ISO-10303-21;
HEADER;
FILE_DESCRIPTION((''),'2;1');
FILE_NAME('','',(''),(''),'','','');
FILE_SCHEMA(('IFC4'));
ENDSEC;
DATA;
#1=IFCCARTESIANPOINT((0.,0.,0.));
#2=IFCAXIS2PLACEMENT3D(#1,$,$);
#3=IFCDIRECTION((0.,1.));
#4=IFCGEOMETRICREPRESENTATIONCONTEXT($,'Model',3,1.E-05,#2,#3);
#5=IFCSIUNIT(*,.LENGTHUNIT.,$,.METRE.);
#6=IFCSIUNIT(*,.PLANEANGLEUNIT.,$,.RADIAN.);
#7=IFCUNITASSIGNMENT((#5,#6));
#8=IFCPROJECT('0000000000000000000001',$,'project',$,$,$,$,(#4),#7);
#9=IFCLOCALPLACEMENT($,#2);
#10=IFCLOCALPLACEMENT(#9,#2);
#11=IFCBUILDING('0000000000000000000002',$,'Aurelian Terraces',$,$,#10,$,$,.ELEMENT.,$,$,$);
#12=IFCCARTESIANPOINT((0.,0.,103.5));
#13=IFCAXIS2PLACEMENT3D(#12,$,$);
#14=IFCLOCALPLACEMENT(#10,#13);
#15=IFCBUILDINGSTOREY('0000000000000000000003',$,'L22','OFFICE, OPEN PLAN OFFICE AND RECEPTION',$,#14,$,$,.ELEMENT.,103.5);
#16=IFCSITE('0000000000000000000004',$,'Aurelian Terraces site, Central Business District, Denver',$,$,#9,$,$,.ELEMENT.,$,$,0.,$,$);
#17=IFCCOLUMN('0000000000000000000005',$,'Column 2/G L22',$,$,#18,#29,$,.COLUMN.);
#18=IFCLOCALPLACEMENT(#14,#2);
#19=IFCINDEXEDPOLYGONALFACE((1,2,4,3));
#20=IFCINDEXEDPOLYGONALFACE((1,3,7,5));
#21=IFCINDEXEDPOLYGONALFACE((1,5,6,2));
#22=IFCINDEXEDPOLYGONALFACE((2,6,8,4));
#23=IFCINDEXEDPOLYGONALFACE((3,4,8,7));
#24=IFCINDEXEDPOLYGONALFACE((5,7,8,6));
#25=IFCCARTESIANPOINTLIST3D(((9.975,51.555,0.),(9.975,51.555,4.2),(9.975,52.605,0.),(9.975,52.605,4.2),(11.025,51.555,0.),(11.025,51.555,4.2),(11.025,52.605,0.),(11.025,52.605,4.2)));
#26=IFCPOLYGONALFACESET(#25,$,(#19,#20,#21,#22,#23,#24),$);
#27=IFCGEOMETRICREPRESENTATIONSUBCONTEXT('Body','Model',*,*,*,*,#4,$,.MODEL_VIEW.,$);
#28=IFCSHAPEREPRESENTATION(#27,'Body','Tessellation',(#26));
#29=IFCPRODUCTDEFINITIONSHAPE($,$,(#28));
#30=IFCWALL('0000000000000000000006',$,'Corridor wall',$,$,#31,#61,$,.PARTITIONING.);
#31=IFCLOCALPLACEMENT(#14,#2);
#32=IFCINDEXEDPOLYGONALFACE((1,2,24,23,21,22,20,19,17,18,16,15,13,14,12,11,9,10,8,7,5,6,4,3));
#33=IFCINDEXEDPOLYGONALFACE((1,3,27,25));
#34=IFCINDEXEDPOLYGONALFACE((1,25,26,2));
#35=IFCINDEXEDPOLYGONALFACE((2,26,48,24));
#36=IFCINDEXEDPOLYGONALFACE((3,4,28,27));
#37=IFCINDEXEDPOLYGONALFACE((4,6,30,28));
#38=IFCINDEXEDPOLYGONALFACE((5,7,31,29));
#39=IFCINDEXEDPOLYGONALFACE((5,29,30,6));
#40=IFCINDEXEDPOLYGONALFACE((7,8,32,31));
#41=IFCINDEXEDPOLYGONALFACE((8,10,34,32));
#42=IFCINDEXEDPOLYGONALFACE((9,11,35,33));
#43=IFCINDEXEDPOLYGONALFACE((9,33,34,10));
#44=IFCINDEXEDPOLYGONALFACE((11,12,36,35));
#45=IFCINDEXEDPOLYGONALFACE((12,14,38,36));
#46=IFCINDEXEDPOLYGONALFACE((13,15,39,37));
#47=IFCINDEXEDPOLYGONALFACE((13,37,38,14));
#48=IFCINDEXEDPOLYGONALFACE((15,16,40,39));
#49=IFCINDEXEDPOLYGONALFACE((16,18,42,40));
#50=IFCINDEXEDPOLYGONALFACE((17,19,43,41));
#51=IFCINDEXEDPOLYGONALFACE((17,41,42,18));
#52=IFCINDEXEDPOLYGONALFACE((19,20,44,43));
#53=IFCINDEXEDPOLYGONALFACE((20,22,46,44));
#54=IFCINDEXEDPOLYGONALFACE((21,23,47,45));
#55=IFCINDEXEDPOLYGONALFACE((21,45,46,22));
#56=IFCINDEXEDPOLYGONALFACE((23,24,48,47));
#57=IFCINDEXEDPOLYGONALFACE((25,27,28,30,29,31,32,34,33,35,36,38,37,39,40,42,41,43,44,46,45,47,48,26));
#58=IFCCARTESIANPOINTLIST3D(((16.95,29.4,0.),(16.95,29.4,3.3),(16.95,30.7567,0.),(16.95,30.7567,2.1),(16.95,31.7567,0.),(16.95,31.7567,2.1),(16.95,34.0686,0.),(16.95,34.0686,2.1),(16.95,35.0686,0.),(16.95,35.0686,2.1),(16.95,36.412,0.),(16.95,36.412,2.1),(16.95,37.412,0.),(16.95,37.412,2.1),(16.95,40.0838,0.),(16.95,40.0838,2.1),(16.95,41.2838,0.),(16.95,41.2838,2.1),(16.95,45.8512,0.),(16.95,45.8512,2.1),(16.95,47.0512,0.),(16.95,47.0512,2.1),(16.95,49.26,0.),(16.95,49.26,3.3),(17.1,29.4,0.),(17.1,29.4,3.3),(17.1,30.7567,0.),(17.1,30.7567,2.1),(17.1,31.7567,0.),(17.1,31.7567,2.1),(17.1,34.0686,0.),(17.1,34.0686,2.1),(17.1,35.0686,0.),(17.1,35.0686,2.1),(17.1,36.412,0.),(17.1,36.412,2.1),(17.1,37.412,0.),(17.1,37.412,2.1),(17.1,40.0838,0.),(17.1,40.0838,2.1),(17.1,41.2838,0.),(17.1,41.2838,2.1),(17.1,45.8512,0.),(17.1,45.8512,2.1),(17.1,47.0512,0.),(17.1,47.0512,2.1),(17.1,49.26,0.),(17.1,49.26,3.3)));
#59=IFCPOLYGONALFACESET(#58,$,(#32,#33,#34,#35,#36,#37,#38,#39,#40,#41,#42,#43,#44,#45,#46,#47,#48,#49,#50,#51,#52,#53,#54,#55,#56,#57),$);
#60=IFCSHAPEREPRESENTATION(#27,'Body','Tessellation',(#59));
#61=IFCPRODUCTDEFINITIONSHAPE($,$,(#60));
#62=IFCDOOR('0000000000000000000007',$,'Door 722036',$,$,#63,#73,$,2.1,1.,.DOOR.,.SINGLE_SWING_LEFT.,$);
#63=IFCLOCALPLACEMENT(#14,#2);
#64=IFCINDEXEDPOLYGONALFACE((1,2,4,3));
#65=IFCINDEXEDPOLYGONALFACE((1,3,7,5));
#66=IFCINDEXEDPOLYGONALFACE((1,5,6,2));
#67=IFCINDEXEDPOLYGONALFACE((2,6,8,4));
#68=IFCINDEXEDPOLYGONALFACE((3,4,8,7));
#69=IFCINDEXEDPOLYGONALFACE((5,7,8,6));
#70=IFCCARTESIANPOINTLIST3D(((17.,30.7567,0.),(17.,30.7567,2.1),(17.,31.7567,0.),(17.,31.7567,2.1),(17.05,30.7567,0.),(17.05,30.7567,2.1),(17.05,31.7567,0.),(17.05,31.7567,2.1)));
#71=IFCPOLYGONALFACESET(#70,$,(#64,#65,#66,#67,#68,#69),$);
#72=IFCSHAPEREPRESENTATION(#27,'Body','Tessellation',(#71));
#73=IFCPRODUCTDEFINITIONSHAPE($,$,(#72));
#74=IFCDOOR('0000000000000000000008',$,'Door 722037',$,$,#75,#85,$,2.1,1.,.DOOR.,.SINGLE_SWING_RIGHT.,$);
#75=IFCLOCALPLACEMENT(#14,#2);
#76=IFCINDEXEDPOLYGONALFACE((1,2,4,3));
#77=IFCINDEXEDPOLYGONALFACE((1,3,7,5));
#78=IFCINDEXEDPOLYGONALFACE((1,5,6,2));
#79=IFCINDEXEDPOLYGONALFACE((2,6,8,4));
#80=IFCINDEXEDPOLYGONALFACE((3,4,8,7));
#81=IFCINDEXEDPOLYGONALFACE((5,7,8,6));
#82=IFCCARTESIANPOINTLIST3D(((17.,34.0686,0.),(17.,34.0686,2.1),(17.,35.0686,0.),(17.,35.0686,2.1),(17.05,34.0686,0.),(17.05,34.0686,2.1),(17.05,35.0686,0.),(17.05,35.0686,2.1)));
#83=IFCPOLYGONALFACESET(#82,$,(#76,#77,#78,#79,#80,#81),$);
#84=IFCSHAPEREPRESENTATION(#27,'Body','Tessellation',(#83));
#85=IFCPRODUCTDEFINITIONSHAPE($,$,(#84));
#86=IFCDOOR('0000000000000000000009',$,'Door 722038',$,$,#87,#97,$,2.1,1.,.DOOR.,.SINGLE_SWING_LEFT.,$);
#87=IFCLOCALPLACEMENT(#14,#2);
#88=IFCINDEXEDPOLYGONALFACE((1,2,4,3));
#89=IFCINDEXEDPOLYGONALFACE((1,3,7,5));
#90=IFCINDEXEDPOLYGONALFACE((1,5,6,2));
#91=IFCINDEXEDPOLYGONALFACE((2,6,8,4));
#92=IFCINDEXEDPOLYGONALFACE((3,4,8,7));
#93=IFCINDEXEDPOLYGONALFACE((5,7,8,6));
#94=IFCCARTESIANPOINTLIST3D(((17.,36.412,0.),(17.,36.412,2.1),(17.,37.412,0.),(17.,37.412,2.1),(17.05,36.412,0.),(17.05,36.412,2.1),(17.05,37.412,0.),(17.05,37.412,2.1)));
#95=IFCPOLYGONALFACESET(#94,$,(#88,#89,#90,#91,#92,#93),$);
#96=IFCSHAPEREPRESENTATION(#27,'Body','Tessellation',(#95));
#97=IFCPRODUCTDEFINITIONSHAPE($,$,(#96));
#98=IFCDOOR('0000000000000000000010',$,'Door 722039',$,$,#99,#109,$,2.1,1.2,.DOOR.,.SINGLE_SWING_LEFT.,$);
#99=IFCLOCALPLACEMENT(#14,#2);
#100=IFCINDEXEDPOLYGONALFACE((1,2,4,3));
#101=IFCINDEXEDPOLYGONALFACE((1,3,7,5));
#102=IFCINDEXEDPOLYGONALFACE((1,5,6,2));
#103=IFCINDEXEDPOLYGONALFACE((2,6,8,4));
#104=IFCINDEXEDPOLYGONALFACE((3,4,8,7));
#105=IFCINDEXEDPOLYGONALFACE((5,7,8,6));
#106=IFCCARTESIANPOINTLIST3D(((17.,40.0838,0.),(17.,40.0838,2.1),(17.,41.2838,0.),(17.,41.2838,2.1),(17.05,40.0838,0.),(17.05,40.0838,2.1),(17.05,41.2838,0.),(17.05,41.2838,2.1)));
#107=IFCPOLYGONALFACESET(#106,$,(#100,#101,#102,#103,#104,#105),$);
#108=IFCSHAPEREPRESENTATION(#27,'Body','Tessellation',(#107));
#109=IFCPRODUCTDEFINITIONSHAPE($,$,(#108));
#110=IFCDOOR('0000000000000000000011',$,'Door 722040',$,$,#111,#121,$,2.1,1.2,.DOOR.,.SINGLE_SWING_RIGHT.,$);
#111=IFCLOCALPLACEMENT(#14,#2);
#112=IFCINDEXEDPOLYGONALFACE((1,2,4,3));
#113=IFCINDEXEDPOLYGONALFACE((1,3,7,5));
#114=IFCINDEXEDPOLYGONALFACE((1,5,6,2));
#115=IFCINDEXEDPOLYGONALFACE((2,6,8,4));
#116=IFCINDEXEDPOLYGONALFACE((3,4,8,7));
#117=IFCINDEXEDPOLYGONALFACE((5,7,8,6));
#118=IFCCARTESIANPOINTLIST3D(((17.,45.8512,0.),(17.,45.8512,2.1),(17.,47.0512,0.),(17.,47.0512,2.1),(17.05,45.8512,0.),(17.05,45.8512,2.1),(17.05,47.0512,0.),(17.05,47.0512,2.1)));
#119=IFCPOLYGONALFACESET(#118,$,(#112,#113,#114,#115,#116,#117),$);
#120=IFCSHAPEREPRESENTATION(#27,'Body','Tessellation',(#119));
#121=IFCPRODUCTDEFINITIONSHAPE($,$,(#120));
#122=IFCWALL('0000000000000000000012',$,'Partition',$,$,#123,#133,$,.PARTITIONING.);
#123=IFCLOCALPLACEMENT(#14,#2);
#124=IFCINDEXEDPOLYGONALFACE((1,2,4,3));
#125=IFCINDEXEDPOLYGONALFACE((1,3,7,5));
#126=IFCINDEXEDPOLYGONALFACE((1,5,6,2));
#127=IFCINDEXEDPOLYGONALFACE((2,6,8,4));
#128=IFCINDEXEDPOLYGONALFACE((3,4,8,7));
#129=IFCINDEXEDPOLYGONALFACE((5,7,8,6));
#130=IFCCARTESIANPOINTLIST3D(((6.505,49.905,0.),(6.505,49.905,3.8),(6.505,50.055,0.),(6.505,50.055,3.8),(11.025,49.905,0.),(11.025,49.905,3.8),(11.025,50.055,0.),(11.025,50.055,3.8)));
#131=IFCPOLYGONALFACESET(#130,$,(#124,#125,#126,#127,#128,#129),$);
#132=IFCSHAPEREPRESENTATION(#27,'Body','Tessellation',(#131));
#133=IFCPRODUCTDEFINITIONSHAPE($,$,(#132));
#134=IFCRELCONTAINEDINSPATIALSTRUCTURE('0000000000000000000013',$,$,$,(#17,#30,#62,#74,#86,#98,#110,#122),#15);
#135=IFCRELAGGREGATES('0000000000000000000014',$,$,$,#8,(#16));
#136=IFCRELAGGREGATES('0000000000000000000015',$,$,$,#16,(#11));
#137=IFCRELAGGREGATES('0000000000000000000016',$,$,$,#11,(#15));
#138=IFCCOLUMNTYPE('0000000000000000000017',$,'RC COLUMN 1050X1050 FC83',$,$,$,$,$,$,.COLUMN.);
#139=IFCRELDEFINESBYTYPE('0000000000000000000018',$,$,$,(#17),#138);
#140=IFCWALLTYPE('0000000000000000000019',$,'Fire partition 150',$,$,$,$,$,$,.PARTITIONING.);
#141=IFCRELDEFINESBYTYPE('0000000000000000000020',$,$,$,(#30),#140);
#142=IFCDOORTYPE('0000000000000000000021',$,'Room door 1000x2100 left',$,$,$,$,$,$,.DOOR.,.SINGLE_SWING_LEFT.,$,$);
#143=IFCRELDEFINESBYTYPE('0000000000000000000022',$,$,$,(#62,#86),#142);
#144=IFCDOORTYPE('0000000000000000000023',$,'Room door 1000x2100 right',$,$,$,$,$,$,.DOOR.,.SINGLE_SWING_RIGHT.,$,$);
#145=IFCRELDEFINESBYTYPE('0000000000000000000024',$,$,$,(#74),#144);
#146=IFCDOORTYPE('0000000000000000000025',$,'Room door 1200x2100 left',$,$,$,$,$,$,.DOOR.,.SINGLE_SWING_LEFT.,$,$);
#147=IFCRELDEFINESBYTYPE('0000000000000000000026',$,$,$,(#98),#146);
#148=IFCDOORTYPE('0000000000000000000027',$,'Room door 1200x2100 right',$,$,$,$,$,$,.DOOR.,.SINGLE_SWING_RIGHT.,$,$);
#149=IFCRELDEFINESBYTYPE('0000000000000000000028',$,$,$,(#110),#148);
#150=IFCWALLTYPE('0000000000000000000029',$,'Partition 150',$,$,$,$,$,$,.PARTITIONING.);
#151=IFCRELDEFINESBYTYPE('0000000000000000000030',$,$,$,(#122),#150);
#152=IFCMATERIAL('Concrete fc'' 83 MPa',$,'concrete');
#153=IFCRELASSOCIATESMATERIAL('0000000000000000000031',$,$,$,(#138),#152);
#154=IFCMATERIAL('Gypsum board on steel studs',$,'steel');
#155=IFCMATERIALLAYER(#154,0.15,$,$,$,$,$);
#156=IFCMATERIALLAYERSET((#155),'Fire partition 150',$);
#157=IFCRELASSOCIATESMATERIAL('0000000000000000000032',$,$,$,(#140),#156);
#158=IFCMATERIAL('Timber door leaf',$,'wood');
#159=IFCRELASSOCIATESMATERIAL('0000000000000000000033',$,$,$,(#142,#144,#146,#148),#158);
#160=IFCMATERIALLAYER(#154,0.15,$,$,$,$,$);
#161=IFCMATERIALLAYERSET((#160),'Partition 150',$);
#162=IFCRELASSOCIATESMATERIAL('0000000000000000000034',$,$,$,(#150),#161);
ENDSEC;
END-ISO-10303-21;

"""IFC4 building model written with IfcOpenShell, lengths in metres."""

from ifc_helpers import new_model, si_unit, direction, frame, frame_2d, origin, origin_2d, place, context, subcontext, project, spatial, rectangle, extrude, source, transform, mapped, material, layer, layer_set, material_profile, profile_set, type_object, element, fill, save


model = new_model("IFC4")

# Units and contexts
model_context = context("Model", 3, precision=1e-05, world=origin(), true_north=direction((0.0, 1.0)))
body_context = subcontext(model_context, "Body", "Model", "MODEL_VIEW")
ifc_project = project(units=[si_unit("LENGTHUNIT", "METRE"), si_unit("PLANEANGLEUNIT", "RADIAN")], contexts=[model_context])

# Site, building, storey
site_placement = place(None, origin())
site = spatial("IfcSite", under=ifc_project, at=site_placement, Name="Aurelian Terraces site, Central Business District, Denver", CompositionType="ELEMENT", RefElevation=0.0)
building_placement = place(site_placement, origin())
building = spatial("IfcBuilding", under=site, at=building_placement, Name="Aurelian Terraces", CompositionType="ELEMENT")
storey_placement = place(building_placement, frame((0.0, 0.0, 103.5)))
storey = spatial("IfcBuildingStorey", under=building, at=storey_placement, Name="L22", Description="OFFICE, OPEN PLAN OFFICE AND RECEPTION", CompositionType="ELEMENT", Elevation=103.5)

# Column
ifc_material_1 = material(Name="Concrete fc' 83 MPa", Category="concrete")
ifc_material_profile = material_profile(ifc_material_1, rectangle(XDim=1.05, YDim=1.05, at=origin_2d()))
ifc_profile_set = profile_set([ifc_material_profile], Name="Concrete fc' 83 MPa")
column_type = type_object("IfcColumnType", Name="RC COLUMN 1050X1050 FC83", PredefinedType="COLUMN", material=ifc_profile_set)
shared_shape_1 = source(origin(), body_context, "Body", "SweptSolid", [
    extrude(rectangle(XDim=1.05, YDim=1.05, at=origin_2d()), origin(), (0.0, 0.0, 1.0), 4.2),
])
column_placement = place(storey_placement, frame((10.5, 52.08, 0.0), z_axis=(0.0, 0.0, 1.0), x_axis=(1.0, 0.0, 0.0)))
element("IfcColumn", 1, at=column_placement, inside=storey, type_object=column_type, Name="Column 2/G L22", PredefinedType="COLUMN", context=body_context, shape_type="MappedRepresentation", body=[
    mapped(shared_shape_1, transform((0.0, 0.0, 0.0), scale=1.0)),
])

# Wall, openings, doors
ifc_material_2 = material(Name="Gypsum board on steel studs", Category="steel")
ifc_layer_1 = layer(ifc_material_2, 0.15)
ifc_layer_set_1 = layer_set([ifc_layer_1], Name="Fire partition 150")
wall_type_1 = type_object("IfcWallType", Name="Fire partition 150", PredefinedType="PARTITIONING", material=ifc_layer_set_1)
wall_1_placement = place(storey_placement, frame((17.025, 49.26, 0.0), z_axis=(0.0, 0.0, 1.0), x_axis=(0.0, -1.0, 0.0)))
wall_1 = element("IfcWall", 2, at=wall_1_placement, inside=storey, type_object=wall_type_1, Name="Corridor wall", PredefinedType="PARTITIONING", context=body_context, shape_type="SweptSolid", body=[
    extrude(rectangle(XDim=19.86, YDim=0.15, at=frame_2d((9.93, 0.0))), origin(), (0.0, 0.0, 1.0), 3.3),
])
shared_shape_2 = source(origin(), body_context, "Body", "SweptSolid", [
    extrude(rectangle(XDim=1.0, YDim=2.1, at=frame_2d((0.5, 1.05))), frame((0.0, 0.085, 0.0), z_axis=(0.0, -1.0, 0.0), x_axis=(1.0, 0.0, 0.0)), (0.0, 0.0, 1.0), 0.17),
])
opening_1_placement = place(wall_1_placement, frame((17.5033, 0.0, 0.0)))
opening_1 = element("IfcOpeningElement", 3, at=opening_1_placement, cuts=wall_1, PredefinedType="OPENING", context=body_context, shape_type="MappedRepresentation", body=[
    mapped(shared_shape_2, transform((0.0, 0.0, 0.0), scale=1.0)),
])
opening_2_placement = place(wall_1_placement, frame((14.1914, 0.0, 0.0)))
opening_2 = element("IfcOpeningElement", 4, at=opening_2_placement, cuts=wall_1, PredefinedType="OPENING", context=body_context, shape_type="MappedRepresentation", body=[
    mapped(shared_shape_2, transform((0.0, 0.0, 0.0), scale=1.0)),
])
opening_3_placement = place(wall_1_placement, frame((11.848, 0.0, 0.0)))
opening_3 = element("IfcOpeningElement", 5, at=opening_3_placement, cuts=wall_1, PredefinedType="OPENING", context=body_context, shape_type="MappedRepresentation", body=[
    mapped(shared_shape_2, transform((0.0, 0.0, 0.0), scale=1.0)),
])
shared_shape_3 = source(origin(), body_context, "Body", "SweptSolid", [
    extrude(rectangle(XDim=1.2, YDim=2.1, at=frame_2d((0.6, 1.05))), frame((0.0, 0.085, 0.0), z_axis=(0.0, -1.0, 0.0), x_axis=(1.0, 0.0, 0.0)), (0.0, 0.0, 1.0), 0.17),
])
opening_4_placement = place(wall_1_placement, frame((7.9762, 0.0, 0.0)))
opening_4 = element("IfcOpeningElement", 6, at=opening_4_placement, cuts=wall_1, PredefinedType="OPENING", context=body_context, shape_type="MappedRepresentation", body=[
    mapped(shared_shape_3, transform((0.0, 0.0, 0.0), scale=1.0)),
])
opening_5_placement = place(wall_1_placement, frame((2.2088, 0.0, 0.0)))
opening_5 = element("IfcOpeningElement", 7, at=opening_5_placement, cuts=wall_1, PredefinedType="OPENING", context=body_context, shape_type="MappedRepresentation", body=[
    mapped(shared_shape_3, transform((0.0, 0.0, 0.0), scale=1.0)),
])
ifc_material_3 = material(Name="Timber door leaf", Category="wood")
door_type_1 = type_object("IfcDoorType", Name="Room door 1000x2100 left", OperationType="SINGLE_SWING_LEFT", PredefinedType="DOOR", material=ifc_material_3)
shared_shape_4 = source(origin(), body_context, "Body", "SweptSolid", [
    extrude(rectangle(XDim=1.0, YDim=2.1, at=frame_2d((0.5, 1.05))), frame((0.0, 0.025, 0.0), z_axis=(0.0, -1.0, 0.0), x_axis=(1.0, 0.0, 0.0)), (0.0, 0.0, 1.0), 0.05),
])
door_1_placement = place(opening_1_placement, origin())
door_1 = element("IfcDoor", 8, at=door_1_placement, inside=storey, type_object=door_type_1, Name="Door 722036", OperationType="SINGLE_SWING_LEFT", OverallHeight=2.1, OverallWidth=1.0, PredefinedType="DOOR", context=body_context, shape_type="MappedRepresentation", body=[
    mapped(shared_shape_4, transform((0.0, 0.0, 0.0), scale=1.0)),
])
fill(opening_1, door_1)
door_type_2 = type_object("IfcDoorType", Name="Room door 1000x2100 right", OperationType="SINGLE_SWING_RIGHT", PredefinedType="DOOR", material=ifc_material_3)
door_2_placement = place(opening_2_placement, origin())
door_2 = element("IfcDoor", 9, at=door_2_placement, inside=storey, type_object=door_type_2, Name="Door 722037", OperationType="SINGLE_SWING_RIGHT", OverallHeight=2.1, OverallWidth=1.0, PredefinedType="DOOR", context=body_context, shape_type="MappedRepresentation", body=[
    mapped(shared_shape_4, transform((0.0, 0.0, 0.0), scale=1.0)),
])
fill(opening_2, door_2)
door_3_placement = place(opening_3_placement, origin())
door_3 = element("IfcDoor", 10, at=door_3_placement, inside=storey, type_object=door_type_1, Name="Door 722038", OperationType="SINGLE_SWING_LEFT", OverallHeight=2.1, OverallWidth=1.0, PredefinedType="DOOR", context=body_context, shape_type="MappedRepresentation", body=[
    mapped(shared_shape_4, transform((0.0, 0.0, 0.0), scale=1.0)),
])
fill(opening_3, door_3)
door_type_3 = type_object("IfcDoorType", Name="Room door 1200x2100 left", OperationType="SINGLE_SWING_LEFT", PredefinedType="DOOR", material=ifc_material_3)
shared_shape_5 = source(origin(), body_context, "Body", "SweptSolid", [
    extrude(rectangle(XDim=1.2, YDim=2.1, at=frame_2d((0.6, 1.05))), frame((0.0, 0.025, 0.0), z_axis=(0.0, -1.0, 0.0), x_axis=(1.0, 0.0, 0.0)), (0.0, 0.0, 1.0), 0.05),
])
door_4_placement = place(opening_4_placement, origin())
door_4 = element("IfcDoor", 11, at=door_4_placement, inside=storey, type_object=door_type_3, Name="Door 722039", OperationType="SINGLE_SWING_LEFT", OverallHeight=2.1, OverallWidth=1.2, PredefinedType="DOOR", context=body_context, shape_type="MappedRepresentation", body=[
    mapped(shared_shape_5, transform((0.0, 0.0, 0.0), scale=1.0)),
])
fill(opening_4, door_4)
door_type_4 = type_object("IfcDoorType", Name="Room door 1200x2100 right", OperationType="SINGLE_SWING_RIGHT", PredefinedType="DOOR", material=ifc_material_3)
door_5_placement = place(opening_5_placement, origin())
door_5 = element("IfcDoor", 12, at=door_5_placement, inside=storey, type_object=door_type_4, Name="Door 722040", OperationType="SINGLE_SWING_RIGHT", OverallHeight=2.1, OverallWidth=1.2, PredefinedType="DOOR", context=body_context, shape_type="MappedRepresentation", body=[
    mapped(shared_shape_5, transform((0.0, 0.0, 0.0), scale=1.0)),
])
fill(opening_5, door_5)

# Wall
ifc_layer_2 = layer(ifc_material_2, 0.15)
ifc_layer_set_2 = layer_set([ifc_layer_2], Name="Partition 150")
wall_type_2 = type_object("IfcWallType", Name="Partition 150", PredefinedType="PARTITIONING", material=ifc_layer_set_2)
wall_2_placement = place(storey_placement, frame((11.025, 49.98, 0.0), z_axis=(0.0, 0.0, 1.0), x_axis=(-1.0, 0.0, 0.0)))
element("IfcWall", 13, at=wall_2_placement, inside=storey, type_object=wall_type_2, Name="Partition", PredefinedType="PARTITIONING", context=body_context, shape_type="SweptSolid", body=[
    extrude(rectangle(XDim=4.52, YDim=0.15, at=frame_2d((2.26, 0.0))), origin(), (0.0, 0.0, 1.0), 3.8),
])

save(model, "model.ifc")
